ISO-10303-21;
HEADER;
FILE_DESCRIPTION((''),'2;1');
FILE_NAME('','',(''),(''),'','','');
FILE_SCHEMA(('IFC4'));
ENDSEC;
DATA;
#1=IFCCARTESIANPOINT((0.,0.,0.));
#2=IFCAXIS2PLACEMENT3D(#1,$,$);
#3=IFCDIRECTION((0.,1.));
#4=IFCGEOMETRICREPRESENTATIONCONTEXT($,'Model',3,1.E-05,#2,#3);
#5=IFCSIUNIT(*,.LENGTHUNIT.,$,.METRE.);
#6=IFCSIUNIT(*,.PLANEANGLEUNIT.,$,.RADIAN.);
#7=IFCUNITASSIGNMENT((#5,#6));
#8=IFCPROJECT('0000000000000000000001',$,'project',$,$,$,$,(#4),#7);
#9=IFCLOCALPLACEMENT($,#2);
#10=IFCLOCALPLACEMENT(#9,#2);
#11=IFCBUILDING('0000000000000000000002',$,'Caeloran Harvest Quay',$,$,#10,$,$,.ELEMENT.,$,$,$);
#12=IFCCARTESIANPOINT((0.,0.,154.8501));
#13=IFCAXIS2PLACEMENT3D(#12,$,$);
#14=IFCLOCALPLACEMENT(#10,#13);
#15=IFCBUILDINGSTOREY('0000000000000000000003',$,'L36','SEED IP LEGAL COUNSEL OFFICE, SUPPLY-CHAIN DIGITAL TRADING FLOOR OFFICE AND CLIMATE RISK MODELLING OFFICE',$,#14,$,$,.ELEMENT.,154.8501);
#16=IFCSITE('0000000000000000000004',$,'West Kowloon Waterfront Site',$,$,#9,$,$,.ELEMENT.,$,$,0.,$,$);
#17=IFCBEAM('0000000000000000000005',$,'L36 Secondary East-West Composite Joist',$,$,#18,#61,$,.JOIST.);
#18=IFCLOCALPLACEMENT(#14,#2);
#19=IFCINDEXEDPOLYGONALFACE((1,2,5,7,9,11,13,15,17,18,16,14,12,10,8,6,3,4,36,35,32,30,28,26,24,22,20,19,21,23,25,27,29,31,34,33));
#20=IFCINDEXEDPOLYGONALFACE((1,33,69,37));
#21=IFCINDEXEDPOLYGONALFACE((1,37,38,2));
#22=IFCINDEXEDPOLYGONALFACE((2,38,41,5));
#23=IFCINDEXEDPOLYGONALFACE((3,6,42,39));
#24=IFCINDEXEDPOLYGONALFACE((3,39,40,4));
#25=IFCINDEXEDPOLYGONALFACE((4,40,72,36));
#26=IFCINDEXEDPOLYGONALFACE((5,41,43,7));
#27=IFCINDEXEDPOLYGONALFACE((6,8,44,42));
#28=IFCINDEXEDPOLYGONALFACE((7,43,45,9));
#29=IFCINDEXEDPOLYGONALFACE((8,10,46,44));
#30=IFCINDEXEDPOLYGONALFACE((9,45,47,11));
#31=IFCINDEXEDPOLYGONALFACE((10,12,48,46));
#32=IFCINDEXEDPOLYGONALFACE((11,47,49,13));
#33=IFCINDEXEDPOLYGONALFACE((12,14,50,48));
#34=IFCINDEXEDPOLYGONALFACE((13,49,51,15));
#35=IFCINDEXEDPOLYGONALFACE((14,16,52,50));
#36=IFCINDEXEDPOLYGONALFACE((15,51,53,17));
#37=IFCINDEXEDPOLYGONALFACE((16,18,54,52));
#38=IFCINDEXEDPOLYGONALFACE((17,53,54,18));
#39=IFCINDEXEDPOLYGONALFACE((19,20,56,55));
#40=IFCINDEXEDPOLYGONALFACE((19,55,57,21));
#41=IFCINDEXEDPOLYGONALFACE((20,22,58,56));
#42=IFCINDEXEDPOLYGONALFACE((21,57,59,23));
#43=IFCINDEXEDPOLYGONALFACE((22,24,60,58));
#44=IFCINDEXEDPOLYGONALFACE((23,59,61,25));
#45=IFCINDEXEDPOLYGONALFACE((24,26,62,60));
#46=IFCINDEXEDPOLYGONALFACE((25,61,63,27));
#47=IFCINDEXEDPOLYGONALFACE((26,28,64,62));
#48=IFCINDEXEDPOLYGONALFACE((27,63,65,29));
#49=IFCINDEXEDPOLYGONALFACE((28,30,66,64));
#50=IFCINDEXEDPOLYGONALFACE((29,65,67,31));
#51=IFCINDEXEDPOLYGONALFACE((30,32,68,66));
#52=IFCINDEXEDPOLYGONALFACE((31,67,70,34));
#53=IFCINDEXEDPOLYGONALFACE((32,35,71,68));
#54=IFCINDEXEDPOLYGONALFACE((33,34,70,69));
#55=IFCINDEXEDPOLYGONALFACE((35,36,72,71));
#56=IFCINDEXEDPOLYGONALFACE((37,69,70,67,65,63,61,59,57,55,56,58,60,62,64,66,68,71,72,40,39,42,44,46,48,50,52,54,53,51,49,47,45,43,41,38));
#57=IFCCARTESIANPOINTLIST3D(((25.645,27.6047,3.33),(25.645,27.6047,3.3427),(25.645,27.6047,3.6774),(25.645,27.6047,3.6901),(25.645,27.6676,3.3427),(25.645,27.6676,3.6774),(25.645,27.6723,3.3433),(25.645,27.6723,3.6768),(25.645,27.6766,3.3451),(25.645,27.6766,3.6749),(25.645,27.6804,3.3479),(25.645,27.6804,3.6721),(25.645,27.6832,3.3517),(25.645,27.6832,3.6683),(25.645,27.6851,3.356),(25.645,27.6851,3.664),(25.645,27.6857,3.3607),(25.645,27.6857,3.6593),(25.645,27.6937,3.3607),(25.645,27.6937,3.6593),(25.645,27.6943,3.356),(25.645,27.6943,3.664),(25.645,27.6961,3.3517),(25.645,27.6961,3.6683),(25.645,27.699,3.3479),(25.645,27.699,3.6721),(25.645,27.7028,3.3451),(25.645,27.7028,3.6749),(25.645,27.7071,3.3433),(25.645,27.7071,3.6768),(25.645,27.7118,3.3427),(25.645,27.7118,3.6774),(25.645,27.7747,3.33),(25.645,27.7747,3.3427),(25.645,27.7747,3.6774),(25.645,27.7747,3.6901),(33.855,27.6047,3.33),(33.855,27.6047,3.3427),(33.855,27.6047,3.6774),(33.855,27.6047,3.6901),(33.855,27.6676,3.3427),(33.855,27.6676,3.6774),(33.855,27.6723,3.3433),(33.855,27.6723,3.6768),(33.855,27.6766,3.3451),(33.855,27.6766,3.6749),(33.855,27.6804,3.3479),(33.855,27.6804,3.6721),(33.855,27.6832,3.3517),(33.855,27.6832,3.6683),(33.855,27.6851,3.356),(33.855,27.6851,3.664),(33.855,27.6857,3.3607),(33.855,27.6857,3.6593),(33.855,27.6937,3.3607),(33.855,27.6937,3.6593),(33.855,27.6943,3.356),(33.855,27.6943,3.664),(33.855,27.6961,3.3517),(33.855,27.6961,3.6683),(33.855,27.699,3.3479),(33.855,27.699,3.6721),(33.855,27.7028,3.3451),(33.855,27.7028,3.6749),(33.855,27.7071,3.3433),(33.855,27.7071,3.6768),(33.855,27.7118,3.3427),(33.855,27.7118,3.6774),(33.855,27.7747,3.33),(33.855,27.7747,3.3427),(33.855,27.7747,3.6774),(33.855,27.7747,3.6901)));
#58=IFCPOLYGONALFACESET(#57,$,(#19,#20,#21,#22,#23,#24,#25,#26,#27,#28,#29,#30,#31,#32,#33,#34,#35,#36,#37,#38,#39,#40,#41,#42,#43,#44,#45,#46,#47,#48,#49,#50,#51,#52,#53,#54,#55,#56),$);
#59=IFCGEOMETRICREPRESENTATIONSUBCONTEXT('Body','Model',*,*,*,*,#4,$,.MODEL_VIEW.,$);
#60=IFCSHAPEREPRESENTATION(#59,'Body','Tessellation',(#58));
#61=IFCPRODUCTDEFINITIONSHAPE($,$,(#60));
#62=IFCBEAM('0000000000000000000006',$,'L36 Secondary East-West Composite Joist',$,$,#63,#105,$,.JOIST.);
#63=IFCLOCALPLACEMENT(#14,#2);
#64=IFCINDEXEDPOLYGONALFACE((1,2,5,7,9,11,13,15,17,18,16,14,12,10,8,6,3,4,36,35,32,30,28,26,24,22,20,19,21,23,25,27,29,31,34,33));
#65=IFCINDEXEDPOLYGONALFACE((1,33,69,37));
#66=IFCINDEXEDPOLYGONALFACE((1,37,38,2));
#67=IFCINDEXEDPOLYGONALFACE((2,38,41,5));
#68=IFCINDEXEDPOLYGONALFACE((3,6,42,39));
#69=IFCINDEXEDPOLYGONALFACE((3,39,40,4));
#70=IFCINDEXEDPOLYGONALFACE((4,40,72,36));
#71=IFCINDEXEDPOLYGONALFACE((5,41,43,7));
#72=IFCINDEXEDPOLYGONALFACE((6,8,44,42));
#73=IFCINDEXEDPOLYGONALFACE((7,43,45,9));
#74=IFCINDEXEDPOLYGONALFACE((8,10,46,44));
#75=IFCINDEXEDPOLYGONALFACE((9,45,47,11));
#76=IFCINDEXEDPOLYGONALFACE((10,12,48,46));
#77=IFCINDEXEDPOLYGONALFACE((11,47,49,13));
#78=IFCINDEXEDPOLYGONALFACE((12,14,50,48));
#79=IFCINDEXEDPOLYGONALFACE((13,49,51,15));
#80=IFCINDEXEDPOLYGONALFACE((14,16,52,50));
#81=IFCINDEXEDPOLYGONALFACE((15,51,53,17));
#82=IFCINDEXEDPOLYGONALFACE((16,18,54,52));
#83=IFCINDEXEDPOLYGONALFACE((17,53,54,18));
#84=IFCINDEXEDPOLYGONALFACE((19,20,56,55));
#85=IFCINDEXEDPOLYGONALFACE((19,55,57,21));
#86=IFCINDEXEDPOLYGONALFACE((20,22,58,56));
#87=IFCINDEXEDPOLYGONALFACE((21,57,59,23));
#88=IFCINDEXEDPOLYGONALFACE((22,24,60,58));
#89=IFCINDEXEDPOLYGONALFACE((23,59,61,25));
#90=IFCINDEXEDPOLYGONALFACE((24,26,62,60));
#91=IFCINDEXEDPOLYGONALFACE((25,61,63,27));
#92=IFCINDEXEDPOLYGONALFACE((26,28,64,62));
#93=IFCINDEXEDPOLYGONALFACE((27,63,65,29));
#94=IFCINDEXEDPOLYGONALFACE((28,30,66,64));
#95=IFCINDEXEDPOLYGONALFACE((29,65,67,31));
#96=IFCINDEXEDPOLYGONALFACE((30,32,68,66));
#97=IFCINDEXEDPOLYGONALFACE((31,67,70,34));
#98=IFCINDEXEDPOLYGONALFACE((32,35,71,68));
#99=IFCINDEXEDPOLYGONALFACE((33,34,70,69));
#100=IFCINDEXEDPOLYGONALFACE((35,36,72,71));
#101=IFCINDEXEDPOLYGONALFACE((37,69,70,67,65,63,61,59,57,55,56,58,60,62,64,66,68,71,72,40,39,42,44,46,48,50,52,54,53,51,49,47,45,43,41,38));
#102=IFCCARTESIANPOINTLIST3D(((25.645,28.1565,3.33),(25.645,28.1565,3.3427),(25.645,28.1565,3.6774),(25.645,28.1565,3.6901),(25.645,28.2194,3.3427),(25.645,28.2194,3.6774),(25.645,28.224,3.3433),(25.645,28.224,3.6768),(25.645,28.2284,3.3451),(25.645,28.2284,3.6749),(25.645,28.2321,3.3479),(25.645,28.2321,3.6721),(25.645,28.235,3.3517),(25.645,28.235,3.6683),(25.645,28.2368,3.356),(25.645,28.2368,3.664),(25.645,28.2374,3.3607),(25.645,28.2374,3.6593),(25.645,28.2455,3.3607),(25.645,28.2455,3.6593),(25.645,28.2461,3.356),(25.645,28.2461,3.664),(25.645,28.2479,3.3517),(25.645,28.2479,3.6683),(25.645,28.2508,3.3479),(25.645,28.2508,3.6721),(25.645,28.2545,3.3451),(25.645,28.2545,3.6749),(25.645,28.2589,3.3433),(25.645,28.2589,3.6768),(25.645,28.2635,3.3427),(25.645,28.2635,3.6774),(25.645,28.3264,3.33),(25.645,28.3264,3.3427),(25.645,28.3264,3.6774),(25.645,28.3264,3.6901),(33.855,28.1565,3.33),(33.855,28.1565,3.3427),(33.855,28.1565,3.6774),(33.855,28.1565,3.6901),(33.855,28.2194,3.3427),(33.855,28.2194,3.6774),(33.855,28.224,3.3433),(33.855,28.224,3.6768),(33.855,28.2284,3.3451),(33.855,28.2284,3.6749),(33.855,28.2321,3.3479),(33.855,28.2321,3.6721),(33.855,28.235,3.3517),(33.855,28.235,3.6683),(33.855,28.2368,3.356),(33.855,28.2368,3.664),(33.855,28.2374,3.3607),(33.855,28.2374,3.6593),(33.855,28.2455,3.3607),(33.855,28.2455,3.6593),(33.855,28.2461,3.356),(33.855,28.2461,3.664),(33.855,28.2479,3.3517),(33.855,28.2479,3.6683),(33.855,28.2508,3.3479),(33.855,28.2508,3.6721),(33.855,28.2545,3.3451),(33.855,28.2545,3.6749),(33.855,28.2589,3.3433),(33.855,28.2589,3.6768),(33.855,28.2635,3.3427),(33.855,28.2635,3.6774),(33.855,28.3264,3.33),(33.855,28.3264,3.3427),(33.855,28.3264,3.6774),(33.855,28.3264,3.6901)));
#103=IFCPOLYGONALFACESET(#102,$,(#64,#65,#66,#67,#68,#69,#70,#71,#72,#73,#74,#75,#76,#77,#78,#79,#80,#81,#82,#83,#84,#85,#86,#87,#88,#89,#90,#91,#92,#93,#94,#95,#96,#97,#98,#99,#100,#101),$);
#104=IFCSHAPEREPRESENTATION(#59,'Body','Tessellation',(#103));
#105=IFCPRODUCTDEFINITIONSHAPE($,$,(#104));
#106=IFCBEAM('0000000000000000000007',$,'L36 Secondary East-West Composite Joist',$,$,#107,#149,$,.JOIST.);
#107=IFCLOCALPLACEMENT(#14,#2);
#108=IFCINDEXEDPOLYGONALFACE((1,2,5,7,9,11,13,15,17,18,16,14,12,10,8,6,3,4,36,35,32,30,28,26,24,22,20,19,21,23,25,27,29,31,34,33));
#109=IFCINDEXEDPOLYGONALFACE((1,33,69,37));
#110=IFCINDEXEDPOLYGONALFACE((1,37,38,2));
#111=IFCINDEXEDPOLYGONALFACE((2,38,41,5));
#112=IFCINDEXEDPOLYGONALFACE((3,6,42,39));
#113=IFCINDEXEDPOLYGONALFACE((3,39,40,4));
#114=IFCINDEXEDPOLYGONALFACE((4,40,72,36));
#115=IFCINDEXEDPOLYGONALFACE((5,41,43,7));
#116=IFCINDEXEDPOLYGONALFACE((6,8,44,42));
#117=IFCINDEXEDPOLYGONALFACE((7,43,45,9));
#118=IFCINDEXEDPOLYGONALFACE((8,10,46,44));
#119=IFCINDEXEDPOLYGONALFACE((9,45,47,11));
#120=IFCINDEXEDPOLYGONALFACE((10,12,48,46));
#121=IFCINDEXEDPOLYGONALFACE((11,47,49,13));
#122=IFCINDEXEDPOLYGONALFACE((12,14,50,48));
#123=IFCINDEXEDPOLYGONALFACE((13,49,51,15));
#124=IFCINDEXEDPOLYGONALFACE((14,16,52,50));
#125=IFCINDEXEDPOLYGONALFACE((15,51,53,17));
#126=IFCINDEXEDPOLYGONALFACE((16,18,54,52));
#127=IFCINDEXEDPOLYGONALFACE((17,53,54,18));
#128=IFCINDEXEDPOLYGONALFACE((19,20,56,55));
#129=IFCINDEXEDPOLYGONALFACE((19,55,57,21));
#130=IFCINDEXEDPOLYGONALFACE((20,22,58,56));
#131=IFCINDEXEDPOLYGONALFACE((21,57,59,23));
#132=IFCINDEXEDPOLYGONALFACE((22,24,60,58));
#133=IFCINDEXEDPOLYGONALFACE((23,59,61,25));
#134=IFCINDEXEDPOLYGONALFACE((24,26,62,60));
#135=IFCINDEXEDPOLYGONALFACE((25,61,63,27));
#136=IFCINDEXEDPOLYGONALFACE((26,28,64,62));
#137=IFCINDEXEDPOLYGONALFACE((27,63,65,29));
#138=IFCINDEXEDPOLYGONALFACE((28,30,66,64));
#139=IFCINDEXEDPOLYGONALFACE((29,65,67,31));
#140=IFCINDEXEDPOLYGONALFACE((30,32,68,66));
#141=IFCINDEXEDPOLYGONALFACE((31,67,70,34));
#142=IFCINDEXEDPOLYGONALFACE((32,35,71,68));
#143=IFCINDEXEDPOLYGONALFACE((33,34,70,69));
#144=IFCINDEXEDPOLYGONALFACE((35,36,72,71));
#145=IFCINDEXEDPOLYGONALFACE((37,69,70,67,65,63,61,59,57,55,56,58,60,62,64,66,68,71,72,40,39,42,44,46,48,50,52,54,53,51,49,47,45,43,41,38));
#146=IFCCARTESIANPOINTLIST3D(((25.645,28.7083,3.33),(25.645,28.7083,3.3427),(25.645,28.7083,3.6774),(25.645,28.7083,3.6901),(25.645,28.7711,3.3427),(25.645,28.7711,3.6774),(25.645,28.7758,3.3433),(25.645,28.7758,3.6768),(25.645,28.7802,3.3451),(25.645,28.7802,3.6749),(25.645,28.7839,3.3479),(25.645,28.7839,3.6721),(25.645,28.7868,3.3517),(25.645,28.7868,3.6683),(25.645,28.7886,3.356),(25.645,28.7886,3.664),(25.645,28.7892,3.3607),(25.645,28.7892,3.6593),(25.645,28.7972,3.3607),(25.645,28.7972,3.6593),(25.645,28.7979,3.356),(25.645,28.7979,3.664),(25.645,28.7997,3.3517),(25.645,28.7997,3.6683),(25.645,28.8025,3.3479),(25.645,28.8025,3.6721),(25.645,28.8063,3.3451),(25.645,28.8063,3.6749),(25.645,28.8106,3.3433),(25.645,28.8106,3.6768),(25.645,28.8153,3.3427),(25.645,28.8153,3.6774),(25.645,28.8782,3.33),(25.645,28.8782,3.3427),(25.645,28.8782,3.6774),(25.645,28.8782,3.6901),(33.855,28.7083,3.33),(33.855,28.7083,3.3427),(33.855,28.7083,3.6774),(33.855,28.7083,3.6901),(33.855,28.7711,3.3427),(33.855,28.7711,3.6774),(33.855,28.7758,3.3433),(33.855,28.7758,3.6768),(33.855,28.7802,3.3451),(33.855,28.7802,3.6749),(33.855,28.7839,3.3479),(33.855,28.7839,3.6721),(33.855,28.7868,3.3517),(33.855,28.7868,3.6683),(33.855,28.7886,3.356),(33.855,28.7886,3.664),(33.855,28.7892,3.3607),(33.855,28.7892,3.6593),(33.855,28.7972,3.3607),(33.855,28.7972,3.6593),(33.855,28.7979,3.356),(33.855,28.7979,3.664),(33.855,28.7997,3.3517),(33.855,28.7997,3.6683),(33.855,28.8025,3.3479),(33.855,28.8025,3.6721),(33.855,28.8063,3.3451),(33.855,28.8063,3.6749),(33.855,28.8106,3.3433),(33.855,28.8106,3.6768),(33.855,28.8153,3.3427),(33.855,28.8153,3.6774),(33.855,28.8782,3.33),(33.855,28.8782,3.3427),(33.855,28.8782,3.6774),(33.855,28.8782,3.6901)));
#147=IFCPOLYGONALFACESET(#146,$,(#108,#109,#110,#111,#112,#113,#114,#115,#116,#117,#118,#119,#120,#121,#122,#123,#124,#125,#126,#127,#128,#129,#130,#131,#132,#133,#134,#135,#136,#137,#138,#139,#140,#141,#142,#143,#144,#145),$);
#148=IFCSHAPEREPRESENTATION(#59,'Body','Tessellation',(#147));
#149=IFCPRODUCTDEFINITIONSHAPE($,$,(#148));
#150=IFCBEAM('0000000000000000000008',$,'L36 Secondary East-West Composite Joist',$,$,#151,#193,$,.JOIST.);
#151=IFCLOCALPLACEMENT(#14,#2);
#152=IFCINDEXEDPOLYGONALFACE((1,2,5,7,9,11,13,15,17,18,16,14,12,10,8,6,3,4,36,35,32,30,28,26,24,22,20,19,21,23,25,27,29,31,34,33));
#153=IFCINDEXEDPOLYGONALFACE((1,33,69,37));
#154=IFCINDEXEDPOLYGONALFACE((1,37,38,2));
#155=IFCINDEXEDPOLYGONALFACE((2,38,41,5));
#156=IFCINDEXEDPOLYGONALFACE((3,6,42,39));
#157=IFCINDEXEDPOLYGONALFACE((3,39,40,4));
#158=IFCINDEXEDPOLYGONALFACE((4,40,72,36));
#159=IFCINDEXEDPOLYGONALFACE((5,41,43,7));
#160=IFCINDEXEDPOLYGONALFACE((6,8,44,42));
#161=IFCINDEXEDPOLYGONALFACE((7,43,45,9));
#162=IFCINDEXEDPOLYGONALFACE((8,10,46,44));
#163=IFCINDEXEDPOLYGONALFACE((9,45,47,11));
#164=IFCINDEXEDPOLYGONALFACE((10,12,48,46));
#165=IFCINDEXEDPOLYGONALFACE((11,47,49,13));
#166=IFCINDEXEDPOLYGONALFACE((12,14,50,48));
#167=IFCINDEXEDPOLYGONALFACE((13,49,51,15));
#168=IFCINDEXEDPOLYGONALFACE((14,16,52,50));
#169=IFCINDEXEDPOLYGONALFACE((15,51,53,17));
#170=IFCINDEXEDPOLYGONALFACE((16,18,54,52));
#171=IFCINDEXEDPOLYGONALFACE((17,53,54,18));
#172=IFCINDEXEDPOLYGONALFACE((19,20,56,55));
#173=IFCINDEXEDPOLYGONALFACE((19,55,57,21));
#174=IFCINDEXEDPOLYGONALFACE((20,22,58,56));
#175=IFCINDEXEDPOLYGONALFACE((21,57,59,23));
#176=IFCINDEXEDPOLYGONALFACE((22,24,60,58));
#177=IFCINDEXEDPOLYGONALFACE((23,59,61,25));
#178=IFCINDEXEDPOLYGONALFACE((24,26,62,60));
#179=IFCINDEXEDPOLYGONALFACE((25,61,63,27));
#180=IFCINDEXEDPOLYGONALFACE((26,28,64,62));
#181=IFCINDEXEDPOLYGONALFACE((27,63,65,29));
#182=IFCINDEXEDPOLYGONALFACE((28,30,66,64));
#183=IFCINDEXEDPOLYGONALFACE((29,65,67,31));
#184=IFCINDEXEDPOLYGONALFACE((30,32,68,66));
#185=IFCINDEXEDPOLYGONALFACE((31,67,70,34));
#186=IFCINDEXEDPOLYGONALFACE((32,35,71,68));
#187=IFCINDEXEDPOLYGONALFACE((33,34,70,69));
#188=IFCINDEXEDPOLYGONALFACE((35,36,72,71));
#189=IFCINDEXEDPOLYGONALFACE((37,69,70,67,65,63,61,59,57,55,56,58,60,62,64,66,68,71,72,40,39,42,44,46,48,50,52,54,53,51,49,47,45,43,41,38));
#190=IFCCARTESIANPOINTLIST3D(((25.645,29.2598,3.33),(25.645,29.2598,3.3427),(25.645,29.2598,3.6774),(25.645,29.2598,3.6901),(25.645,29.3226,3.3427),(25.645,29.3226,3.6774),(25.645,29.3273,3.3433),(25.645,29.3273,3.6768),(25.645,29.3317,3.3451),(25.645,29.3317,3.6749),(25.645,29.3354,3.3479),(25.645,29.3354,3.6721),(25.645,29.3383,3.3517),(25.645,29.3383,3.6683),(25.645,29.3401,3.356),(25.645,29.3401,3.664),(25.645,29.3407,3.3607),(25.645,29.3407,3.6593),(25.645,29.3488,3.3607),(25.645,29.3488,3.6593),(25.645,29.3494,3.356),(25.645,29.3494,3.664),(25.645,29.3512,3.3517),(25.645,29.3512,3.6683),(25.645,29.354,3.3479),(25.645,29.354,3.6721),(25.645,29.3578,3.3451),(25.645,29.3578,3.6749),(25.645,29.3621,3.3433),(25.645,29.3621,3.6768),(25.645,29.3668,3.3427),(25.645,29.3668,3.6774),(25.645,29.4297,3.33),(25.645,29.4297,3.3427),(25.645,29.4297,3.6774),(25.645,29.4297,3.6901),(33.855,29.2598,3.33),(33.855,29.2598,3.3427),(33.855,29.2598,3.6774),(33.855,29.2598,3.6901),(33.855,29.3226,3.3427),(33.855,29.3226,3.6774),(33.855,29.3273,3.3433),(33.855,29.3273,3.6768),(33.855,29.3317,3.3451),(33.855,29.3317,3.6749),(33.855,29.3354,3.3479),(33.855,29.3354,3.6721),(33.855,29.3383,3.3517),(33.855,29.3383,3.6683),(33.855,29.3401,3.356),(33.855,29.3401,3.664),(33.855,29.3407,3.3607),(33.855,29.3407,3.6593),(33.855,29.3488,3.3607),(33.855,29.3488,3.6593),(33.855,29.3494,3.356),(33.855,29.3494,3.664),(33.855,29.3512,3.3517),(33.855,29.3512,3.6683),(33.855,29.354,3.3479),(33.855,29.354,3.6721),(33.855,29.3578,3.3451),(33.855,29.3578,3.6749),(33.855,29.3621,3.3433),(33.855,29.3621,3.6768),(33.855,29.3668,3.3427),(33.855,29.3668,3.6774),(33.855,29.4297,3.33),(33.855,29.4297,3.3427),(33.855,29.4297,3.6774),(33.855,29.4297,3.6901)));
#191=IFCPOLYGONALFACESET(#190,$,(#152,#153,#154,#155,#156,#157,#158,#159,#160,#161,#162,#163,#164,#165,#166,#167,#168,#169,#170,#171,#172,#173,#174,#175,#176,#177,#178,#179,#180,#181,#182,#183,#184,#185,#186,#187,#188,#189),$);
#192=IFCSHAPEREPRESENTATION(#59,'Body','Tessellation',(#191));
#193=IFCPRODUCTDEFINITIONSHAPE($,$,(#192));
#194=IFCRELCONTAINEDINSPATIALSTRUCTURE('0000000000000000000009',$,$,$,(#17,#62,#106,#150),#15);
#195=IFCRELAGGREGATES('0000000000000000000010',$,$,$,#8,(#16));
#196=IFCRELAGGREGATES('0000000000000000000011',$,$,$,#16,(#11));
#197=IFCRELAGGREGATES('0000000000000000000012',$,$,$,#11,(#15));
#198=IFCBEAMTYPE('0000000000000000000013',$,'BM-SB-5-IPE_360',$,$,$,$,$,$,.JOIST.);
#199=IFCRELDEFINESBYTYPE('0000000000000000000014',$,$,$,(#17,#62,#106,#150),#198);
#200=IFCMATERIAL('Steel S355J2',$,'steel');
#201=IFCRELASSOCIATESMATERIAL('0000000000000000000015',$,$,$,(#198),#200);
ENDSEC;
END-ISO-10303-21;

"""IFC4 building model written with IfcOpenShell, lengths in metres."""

from ifc_helpers import new_model, si_unit, direction, frame, origin, origin_2d, place, context, subcontext, project, spatial, i_section, extrude, material, material_profile, profile_set, type_object, element, save


model = new_model("IFC4")

# Units and contexts
model_context = context("Model", 3, precision=1e-05, world=origin(), true_north=direction((0.0, 1.0)))
body_context = subcontext(model_context, "Body", "Model", "MODEL_VIEW")
ifc_project = project(units=[si_unit("LENGTHUNIT", "METRE"), si_unit("PLANEANGLEUNIT", "RADIAN")], contexts=[model_context])

# Site, building, storey
site_placement = place(None, origin())
site = spatial("IfcSite", under=ifc_project, at=site_placement, Name="West Kowloon Waterfront Site", CompositionType="ELEMENT", RefElevation=0.0)
building_placement = place(site_placement, origin())
building = spatial("IfcBuilding", under=site, at=building_placement, Name="Caeloran Harvest Quay", CompositionType="ELEMENT")
storey_placement = place(building_placement, frame((0.0, 0.0, 154.8501)))
storey = spatial("IfcBuildingStorey", under=building, at=storey_placement, Name="L36", Description="SEED IP LEGAL COUNSEL OFFICE, SUPPLY-CHAIN DIGITAL TRADING FLOOR OFFICE AND CLIMATE RISK MODELLING OFFICE", CompositionType="ELEMENT", Elevation=154.8501)

# Beams
ifc_material_1 = material(Name="Steel S355J2", Category="steel")
ifc_material_profile_1 = material_profile(ifc_material_1, i_section(OverallWidth=0.1699, OverallDepth=0.3601, WebThickness=0.0081, FlangeThickness=0.0127, FilletRadius=0.0181, at=origin_2d()), Name="IPE 360")
ifc_profile_set_1 = profile_set([ifc_material_profile_1], Name="Steel S355J2")
beam_type_1 = type_object("IfcBeamType", Name="BM-SB-5-IPE_360", PredefinedType="JOIST", material=ifc_profile_set_1)
for number, where, z_axis, x_axis, name in (
    (1, (25.645, 27.6897, 3.51), (1.0, 0.0, 0.0), (0.0, 1.0, 0.0), "L36 Secondary East-West Composite Joist"),
    (2, (25.645, 28.2415, 3.51), (1.0, 0.0, 0.0), (0.0, 1.0, 0.0), "L36 Secondary East-West Composite Joist"),
    (3, (25.645, 28.7932, 3.51), (1.0, 0.0, 0.0), (0.0, 1.0, 0.0), "L36 Secondary East-West Composite Joist"),
    (4, (25.645, 29.3447, 3.51), (1.0, 0.0, 0.0), (0.0, 1.0, 0.0), "L36 Secondary East-West Composite Joist"),
):
    element("IfcBeam", number, at=place(storey_placement, frame(where, z_axis=z_axis, x_axis=x_axis)), inside=storey, type_object=beam_type_1, Name=name, PredefinedType="JOIST", context=body_context, shape_type="SweptSolid", body=[
        extrude(i_section(OverallWidth=0.1699, OverallDepth=0.3601, WebThickness=0.0081, FlangeThickness=0.0127, FilletRadius=0.0181, at=origin_2d()), origin(), (0.0, 0.0, 1.0), 8.21),
    ])

save(model, "model.ifc")
